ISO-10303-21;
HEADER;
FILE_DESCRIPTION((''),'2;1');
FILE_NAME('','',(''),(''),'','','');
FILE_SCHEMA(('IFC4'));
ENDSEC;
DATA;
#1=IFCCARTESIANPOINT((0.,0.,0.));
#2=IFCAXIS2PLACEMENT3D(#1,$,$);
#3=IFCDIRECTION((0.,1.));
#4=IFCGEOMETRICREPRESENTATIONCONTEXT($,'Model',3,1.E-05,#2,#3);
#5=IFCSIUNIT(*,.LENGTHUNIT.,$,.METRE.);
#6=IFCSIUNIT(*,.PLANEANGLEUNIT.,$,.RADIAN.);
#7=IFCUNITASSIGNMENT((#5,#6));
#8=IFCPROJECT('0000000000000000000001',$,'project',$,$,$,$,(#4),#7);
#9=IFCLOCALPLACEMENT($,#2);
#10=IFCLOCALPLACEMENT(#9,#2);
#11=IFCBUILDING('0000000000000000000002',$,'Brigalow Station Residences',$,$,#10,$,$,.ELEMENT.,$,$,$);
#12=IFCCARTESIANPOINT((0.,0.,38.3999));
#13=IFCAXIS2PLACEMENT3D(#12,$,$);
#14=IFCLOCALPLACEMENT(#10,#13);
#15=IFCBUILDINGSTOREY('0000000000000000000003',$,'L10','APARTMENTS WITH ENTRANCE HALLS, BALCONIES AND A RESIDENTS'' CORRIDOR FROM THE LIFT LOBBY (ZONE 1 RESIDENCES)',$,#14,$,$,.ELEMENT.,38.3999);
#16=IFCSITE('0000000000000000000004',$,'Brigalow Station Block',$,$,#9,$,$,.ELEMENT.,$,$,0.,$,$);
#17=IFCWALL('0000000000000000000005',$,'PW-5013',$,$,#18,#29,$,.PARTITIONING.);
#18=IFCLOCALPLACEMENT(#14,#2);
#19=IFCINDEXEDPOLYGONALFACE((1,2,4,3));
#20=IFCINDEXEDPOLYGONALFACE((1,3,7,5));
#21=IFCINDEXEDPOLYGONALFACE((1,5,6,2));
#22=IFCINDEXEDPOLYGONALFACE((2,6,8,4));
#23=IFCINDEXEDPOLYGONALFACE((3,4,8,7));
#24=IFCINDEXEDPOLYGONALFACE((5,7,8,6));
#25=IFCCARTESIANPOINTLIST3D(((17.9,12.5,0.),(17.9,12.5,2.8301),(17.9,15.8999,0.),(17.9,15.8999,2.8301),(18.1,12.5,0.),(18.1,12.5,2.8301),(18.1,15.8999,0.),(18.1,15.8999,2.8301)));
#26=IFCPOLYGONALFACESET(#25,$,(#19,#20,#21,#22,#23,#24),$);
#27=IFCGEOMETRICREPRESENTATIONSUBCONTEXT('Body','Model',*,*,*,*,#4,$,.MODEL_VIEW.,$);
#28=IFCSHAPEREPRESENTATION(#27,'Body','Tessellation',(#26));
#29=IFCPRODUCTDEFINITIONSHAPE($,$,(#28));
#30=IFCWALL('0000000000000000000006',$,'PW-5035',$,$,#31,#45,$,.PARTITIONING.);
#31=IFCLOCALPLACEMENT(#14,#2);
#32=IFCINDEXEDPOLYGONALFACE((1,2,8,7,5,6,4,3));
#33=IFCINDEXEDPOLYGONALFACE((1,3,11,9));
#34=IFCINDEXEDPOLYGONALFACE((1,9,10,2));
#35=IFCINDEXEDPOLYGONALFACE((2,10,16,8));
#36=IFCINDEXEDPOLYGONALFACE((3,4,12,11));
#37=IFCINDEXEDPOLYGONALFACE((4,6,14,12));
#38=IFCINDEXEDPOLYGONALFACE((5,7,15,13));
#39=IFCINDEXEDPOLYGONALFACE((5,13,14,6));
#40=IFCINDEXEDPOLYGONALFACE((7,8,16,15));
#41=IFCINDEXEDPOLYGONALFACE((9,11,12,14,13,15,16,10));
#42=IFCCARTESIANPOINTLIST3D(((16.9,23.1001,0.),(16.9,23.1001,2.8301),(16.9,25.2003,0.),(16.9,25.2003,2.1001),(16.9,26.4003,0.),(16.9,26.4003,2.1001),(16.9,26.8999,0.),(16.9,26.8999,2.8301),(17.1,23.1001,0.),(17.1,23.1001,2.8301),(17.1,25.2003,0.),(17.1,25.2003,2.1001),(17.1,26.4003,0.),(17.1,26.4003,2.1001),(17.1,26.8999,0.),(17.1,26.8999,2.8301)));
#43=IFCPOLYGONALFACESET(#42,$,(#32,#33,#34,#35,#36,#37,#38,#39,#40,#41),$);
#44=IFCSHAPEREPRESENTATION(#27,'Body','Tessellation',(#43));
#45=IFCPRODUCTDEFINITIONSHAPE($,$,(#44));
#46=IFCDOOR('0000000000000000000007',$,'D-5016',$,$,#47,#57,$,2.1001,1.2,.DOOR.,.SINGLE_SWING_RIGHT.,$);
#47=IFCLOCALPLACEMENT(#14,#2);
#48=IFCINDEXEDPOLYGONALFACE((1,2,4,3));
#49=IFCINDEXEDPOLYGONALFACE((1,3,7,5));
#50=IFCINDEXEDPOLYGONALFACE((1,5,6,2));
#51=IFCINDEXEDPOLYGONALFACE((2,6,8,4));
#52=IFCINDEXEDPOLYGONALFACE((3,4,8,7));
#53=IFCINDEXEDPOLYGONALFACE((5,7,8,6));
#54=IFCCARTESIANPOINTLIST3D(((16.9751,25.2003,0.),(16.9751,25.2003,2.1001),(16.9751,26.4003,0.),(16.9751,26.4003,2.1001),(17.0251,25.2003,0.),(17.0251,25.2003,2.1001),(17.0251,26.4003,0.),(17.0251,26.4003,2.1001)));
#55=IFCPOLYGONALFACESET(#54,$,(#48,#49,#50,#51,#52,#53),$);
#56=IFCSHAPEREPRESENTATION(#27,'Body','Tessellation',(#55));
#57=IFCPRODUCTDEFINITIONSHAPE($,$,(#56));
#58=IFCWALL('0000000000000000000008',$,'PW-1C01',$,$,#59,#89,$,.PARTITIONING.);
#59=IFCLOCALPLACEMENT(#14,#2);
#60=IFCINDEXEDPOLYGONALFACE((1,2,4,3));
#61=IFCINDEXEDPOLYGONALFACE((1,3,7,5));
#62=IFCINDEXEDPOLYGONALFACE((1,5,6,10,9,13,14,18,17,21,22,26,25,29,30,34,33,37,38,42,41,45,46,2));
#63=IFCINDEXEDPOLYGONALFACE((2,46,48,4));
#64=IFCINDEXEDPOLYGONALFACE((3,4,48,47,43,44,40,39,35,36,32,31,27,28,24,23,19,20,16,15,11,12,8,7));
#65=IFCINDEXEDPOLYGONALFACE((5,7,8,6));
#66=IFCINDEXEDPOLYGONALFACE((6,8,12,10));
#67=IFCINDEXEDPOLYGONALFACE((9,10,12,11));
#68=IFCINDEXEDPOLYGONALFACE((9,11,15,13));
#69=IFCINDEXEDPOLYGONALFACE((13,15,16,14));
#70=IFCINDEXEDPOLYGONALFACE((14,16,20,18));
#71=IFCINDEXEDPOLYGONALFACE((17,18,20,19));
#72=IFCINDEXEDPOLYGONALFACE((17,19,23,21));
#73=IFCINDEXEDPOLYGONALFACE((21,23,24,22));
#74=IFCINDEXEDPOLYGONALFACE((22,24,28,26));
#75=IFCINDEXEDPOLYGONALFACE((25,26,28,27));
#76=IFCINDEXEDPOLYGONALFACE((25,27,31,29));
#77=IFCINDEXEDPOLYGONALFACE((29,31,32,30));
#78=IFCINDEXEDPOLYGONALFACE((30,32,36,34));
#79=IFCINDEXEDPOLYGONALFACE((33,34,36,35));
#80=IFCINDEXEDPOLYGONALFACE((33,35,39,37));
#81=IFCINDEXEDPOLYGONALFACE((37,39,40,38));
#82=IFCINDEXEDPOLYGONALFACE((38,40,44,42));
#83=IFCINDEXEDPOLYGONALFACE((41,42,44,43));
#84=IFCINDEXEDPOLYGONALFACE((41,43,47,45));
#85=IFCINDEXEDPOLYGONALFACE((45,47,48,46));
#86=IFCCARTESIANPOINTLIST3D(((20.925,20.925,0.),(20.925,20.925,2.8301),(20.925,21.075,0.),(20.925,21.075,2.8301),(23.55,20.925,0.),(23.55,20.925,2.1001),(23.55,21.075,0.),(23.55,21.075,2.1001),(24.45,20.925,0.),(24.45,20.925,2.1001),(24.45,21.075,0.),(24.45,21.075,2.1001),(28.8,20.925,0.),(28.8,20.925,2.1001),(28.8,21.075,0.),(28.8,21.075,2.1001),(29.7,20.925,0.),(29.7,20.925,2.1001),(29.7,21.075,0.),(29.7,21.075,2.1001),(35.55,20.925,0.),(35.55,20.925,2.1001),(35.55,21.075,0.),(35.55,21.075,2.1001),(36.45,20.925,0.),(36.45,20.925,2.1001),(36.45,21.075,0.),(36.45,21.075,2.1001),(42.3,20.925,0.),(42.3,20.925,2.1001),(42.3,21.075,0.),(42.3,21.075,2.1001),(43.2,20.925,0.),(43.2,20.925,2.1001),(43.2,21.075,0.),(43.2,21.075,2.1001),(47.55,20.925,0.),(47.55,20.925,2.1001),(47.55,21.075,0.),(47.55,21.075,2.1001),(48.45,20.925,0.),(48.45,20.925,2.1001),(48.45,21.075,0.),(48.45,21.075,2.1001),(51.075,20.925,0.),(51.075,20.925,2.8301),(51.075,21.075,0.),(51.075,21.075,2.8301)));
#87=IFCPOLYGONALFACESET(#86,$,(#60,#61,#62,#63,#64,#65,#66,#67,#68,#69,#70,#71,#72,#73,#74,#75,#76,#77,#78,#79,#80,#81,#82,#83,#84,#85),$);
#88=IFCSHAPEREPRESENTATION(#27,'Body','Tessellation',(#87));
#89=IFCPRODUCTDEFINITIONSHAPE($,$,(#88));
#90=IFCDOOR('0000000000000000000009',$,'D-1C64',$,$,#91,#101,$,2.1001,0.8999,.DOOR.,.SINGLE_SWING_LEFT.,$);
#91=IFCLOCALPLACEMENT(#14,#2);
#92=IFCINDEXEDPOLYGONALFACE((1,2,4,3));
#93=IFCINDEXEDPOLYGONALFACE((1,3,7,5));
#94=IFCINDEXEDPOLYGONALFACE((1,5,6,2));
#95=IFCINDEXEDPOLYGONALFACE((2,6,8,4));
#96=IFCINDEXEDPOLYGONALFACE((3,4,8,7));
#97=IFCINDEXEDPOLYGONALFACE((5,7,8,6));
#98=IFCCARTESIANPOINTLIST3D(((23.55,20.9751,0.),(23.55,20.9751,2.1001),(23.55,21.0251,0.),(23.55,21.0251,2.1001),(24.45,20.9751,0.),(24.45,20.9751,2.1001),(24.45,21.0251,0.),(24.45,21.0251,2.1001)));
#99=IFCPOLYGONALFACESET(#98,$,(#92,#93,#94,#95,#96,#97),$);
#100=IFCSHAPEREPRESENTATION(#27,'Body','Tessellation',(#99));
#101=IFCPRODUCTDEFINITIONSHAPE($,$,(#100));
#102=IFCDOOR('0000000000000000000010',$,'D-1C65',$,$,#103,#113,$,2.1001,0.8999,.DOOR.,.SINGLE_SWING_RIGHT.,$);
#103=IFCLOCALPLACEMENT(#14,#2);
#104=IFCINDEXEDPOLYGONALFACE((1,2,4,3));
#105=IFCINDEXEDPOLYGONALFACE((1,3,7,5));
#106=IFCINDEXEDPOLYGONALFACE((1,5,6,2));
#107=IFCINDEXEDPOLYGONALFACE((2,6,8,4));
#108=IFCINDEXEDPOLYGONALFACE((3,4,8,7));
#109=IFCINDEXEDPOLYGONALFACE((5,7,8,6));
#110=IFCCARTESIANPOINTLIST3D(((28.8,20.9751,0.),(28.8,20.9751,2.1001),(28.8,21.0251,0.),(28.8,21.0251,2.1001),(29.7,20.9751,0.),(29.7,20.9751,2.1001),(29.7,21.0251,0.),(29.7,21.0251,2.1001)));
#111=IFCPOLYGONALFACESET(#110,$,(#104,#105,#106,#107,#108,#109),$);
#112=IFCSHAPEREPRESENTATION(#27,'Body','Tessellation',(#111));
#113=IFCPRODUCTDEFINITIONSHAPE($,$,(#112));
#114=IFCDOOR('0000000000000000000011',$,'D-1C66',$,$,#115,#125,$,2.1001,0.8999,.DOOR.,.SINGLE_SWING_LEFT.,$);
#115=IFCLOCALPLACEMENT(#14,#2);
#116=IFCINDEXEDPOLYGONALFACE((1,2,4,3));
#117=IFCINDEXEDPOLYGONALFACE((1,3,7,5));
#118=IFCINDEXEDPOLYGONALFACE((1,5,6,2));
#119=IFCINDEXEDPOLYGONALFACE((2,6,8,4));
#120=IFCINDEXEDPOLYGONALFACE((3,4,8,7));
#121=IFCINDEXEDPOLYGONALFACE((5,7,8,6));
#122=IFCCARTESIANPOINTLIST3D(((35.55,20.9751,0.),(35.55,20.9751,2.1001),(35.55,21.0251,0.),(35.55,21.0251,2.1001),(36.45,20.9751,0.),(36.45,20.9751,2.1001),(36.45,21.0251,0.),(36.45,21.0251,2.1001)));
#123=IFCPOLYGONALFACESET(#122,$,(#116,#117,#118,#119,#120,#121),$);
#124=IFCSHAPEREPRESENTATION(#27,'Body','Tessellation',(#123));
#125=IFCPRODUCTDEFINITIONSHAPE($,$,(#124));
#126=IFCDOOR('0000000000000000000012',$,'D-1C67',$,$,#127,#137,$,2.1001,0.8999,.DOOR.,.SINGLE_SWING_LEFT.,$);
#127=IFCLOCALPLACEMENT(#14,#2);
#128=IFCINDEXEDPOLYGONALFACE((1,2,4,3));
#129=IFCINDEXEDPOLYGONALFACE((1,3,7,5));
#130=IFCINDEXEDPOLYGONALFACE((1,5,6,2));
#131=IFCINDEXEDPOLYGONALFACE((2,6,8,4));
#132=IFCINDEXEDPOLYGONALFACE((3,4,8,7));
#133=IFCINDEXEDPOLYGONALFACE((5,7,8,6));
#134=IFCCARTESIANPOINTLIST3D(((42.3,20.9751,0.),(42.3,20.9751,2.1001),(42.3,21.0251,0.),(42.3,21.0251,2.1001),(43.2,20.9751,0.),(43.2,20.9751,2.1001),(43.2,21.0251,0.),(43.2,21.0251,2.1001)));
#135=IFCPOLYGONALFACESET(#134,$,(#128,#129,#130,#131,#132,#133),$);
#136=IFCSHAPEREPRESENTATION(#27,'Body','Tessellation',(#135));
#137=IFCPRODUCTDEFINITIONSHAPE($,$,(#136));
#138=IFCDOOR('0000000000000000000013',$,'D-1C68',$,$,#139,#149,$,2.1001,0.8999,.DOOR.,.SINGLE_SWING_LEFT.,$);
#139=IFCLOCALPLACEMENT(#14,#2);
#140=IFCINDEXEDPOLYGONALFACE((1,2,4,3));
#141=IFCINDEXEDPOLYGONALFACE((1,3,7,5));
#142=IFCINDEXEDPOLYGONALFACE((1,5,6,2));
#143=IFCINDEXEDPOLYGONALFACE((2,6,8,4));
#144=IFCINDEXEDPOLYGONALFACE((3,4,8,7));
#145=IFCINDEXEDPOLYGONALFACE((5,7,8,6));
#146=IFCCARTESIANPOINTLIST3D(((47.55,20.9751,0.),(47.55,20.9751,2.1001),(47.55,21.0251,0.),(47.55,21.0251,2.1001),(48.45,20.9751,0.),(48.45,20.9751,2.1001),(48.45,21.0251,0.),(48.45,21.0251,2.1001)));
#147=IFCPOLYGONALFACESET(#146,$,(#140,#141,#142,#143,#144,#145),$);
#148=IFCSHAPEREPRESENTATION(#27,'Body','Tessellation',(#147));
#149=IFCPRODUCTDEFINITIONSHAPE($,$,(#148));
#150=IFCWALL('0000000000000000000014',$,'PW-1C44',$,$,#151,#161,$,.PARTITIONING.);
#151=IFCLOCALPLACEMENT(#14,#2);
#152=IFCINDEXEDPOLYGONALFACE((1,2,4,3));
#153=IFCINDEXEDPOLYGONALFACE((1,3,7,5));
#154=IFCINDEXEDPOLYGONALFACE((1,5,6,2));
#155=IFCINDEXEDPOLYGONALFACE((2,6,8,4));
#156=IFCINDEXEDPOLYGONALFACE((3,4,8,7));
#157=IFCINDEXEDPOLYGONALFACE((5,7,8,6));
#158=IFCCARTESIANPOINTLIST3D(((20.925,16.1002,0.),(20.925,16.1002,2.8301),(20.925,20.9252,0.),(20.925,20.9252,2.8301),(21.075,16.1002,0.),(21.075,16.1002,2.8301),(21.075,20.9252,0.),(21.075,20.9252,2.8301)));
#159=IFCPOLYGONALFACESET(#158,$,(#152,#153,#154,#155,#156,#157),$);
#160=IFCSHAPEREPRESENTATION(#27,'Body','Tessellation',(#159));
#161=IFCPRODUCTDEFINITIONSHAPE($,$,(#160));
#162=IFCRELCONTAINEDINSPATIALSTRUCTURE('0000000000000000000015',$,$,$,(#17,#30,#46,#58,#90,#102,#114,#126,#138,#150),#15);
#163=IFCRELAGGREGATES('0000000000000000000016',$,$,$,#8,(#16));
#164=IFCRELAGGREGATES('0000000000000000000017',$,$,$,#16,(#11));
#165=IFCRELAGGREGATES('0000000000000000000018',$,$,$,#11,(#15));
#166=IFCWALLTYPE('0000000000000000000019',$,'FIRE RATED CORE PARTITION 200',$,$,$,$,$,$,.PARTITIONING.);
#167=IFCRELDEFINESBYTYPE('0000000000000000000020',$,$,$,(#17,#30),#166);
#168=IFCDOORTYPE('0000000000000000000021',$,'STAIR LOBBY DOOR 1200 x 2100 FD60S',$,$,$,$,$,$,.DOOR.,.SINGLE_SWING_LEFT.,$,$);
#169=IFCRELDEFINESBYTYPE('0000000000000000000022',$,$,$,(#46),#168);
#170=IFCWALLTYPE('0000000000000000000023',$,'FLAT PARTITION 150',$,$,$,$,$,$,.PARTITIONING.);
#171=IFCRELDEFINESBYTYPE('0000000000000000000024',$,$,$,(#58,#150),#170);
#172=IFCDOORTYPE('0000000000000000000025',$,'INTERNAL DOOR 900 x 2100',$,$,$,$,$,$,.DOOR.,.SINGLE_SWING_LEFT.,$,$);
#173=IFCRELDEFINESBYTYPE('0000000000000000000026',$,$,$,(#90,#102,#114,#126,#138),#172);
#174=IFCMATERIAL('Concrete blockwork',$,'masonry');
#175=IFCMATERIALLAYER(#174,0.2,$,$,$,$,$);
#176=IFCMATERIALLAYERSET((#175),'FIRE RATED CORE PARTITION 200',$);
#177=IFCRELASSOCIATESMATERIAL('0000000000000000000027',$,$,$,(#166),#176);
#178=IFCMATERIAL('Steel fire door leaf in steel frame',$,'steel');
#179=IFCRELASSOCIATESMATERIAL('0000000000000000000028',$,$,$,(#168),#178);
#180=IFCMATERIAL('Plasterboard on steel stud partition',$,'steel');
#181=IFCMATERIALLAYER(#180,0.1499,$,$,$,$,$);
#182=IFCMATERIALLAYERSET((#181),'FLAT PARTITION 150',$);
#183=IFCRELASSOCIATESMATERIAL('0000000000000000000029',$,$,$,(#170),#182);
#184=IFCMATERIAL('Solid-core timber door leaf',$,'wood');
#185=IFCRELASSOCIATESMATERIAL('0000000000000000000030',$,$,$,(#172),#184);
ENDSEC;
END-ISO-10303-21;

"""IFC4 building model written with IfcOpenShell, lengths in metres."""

from ifc_helpers import new_model, si_unit, direction, frame, frame_2d, origin, place, context, subcontext, project, spatial, rectangle, extrude, material, layer, layer_set, type_object, element, fill, save


model = new_model("IFC4")

# Units and contexts
model_context = context("Model", 3, precision=1e-05, world=origin(), true_north=direction((0.0, 1.0)))
body_context = subcontext(model_context, "Body", "Model", "MODEL_VIEW")
ifc_project = project(units=[si_unit("LENGTHUNIT", "METRE"), si_unit("PLANEANGLEUNIT", "RADIAN")], contexts=[model_context])

# Site, building, storey
site_placement = place(None, origin())
site = spatial("IfcSite", under=ifc_project, at=site_placement, Name="Brigalow Station Block", CompositionType="ELEMENT", RefElevation=0.0)
building_placement = place(site_placement, origin())
building = spatial("IfcBuilding", under=site, at=building_placement, Name="Brigalow Station Residences", CompositionType="ELEMENT")
storey_placement = place(building_placement, frame((0.0, 0.0, 38.3999)))
storey = spatial("IfcBuildingStorey", under=building, at=storey_placement, Name="L10", Description="APARTMENTS WITH ENTRANCE HALLS, BALCONIES AND A RESIDENTS' CORRIDOR FROM THE LIFT LOBBY (ZONE 1 RESIDENCES)", CompositionType="ELEMENT", Elevation=38.3999)

# Wall
ifc_material_1 = material(Name="Concrete blockwork", Category="masonry")
ifc_layer_1 = layer(ifc_material_1, 0.2)
ifc_layer_set_1 = layer_set([ifc_layer_1], Name="FIRE RATED CORE PARTITION 200")
wall_type_1 = type_object("IfcWallType", Name="FIRE RATED CORE PARTITION 200", PredefinedType="PARTITIONING", material=ifc_layer_set_1)
wall_1_placement = place(storey_placement, frame((18.0, 12.5, 0.0), z_axis=(0.0, 0.0, 1.0), x_axis=(0.0, 1.0, 0.0)))
element("IfcWall", 1, at=wall_1_placement, inside=storey, type_object=wall_type_1, Name="PW-5013", PredefinedType="PARTITIONING", context=body_context, shape_type="SweptSolid", body=[
    extrude(rectangle(XDim=3.3999, YDim=0.2, at=frame_2d((1.7, 0.0))), origin(), (0.0, 0.0, 1.0), 2.8301),
])

# Wall, opening, door
wall_2_placement = place(storey_placement, frame((17.0, 23.1001, 0.0), z_axis=(0.0, 0.0, 1.0), x_axis=(0.0, 1.0, 0.0)))
wall_2 = element("IfcWall", 2, at=wall_2_placement, inside=storey, type_object=wall_type_1, Name="PW-5035", PredefinedType="PARTITIONING", context=body_context, shape_type="SweptSolid", body=[
    extrude(rectangle(XDim=3.7998, YDim=0.2, at=frame_2d((1.8999, 0.0))), origin(), (0.0, 0.0, 1.0), 2.8301),
])
opening_1_placement = place(wall_2_placement, frame((2.1001, 0.0, 0.0)))
opening_1 = element("IfcOpeningElement", 3, at=opening_1_placement, cuts=wall_2, PredefinedType="OPENING", context=body_context, shape_type="SweptSolid", body=[
    extrude(rectangle(XDim=1.2, YDim=2.1001, at=frame_2d((0.6001, 1.05))), frame((0.0, 0.1099, 0.0), z_axis=(0.0, -1.0, 0.0), x_axis=(1.0, 0.0, 0.0)), (0.0, 0.0, 1.0), 0.22),
])
ifc_material_2 = material(Name="Steel fire door leaf in steel frame", Category="steel")
door_type_1 = type_object("IfcDoorType", Name="STAIR LOBBY DOOR 1200 x 2100 FD60S", OperationType="SINGLE_SWING_LEFT", PredefinedType="DOOR", material=ifc_material_2)
door_1_placement = place(opening_1_placement, origin())
door_1 = element("IfcDoor", 4, at=door_1_placement, inside=storey, type_object=door_type_1, Name="D-5016", OperationType="SINGLE_SWING_RIGHT", OverallHeight=2.1001, OverallWidth=1.2, PredefinedType="DOOR", context=body_context, shape_type="SweptSolid", body=[
    extrude(rectangle(XDim=1.2, YDim=2.1001, at=frame_2d((0.6001, 1.05))), frame((0.0, 0.0249, 0.0), z_axis=(0.0, -1.0, 0.0), x_axis=(1.0, 0.0, 0.0)), (0.0, 0.0, 1.0), 0.05),
])
fill(opening_1, door_1)

# Wall, openings, doors
ifc_material_3 = material(Name="Plasterboard on steel stud partition", Category="steel")
ifc_layer_2 = layer(ifc_material_3, 0.1499)
ifc_layer_set_2 = layer_set([ifc_layer_2], Name="FLAT PARTITION 150")
wall_type_2 = type_object("IfcWallType", Name="FLAT PARTITION 150", PredefinedType="PARTITIONING", material=ifc_layer_set_2)
wall_3_placement = place(storey_placement, frame((20.925, 21.0, 0.0), z_axis=(0.0, 0.0, 1.0), x_axis=(1.0, 0.0, 0.0)))
wall_3 = element("IfcWall", 5, at=wall_3_placement, inside=storey, type_object=wall_type_2, Name="PW-1C01", PredefinedType="PARTITIONING", context=body_context, shape_type="SweptSolid", body=[
    extrude(rectangle(XDim=30.1499, YDim=0.1499, at=frame_2d((15.075, 0.0))), origin(), (0.0, 0.0, 1.0), 2.8301),
])
opening_2_placement = place(wall_3_placement, frame((2.625, 0.0, 0.0)))
opening_2 = element("IfcOpeningElement", 6, at=opening_2_placement, cuts=wall_3, PredefinedType="OPENING", context=body_context, shape_type="SweptSolid", body=[
    extrude(rectangle(XDim=0.8999, YDim=2.1001, at=frame_2d((0.45, 1.05))), frame((0.0, 0.085, 0.0), z_axis=(0.0, -1.0, 0.0), x_axis=(1.0, 0.0, 0.0)), (0.0, 0.0, 1.0), 0.1699),
])
opening_3_placement = place(wall_3_placement, frame((7.875, 0.0, 0.0)))
opening_3 = element("IfcOpeningElement", 7, at=opening_3_placement, cuts=wall_3, PredefinedType="OPENING", context=body_context, shape_type="SweptSolid", body=[
    extrude(rectangle(XDim=0.8999, YDim=2.1001, at=frame_2d((0.45, 1.05))), frame((0.0, 0.085, 0.0), z_axis=(0.0, -1.0, 0.0), x_axis=(1.0, 0.0, 0.0)), (0.0, 0.0, 1.0), 0.1699),
])
opening_4_placement = place(wall_3_placement, frame((14.625, 0.0, 0.0)))
opening_4 = element("IfcOpeningElement", 8, at=opening_4_placement, cuts=wall_3, PredefinedType="OPENING", context=body_context, shape_type="SweptSolid", body=[
    extrude(rectangle(XDim=0.8999, YDim=2.1001, at=frame_2d((0.45, 1.05))), frame((0.0, 0.085, 0.0), z_axis=(0.0, -1.0, 0.0), x_axis=(1.0, 0.0, 0.0)), (0.0, 0.0, 1.0), 0.1699),
])
opening_5_placement = place(wall_3_placement, frame((21.375, 0.0, 0.0)))
opening_5 = element("IfcOpeningElement", 9, at=opening_5_placement, cuts=wall_3, PredefinedType="OPENING", context=body_context, shape_type="SweptSolid", body=[
    extrude(rectangle(XDim=0.8999, YDim=2.1001, at=frame_2d((0.45, 1.05))), frame((0.0, 0.085, 0.0), z_axis=(0.0, -1.0, 0.0), x_axis=(1.0, 0.0, 0.0)), (0.0, 0.0, 1.0), 0.1699),
])
opening_6_placement = place(wall_3_placement, frame((26.625, 0.0, 0.0)))
opening_6 = element("IfcOpeningElement", 10, at=opening_6_placement, cuts=wall_3, PredefinedType="OPENING", context=body_context, shape_type="SweptSolid", body=[
    extrude(rectangle(XDim=0.8999, YDim=2.1001, at=frame_2d((0.45, 1.05))), frame((0.0, 0.085, 0.0), z_axis=(0.0, -1.0, 0.0), x_axis=(1.0, 0.0, 0.0)), (0.0, 0.0, 1.0), 0.1699),
])
ifc_material_4 = material(Name="Solid-core timber door leaf", Category="wood")
door_type_2 = type_object("IfcDoorType", Name="INTERNAL DOOR 900 x 2100", OperationType="SINGLE_SWING_LEFT", PredefinedType="DOOR", material=ifc_material_4)
door_2_placement = place(opening_2_placement, frame((0.8999, 0.0, 0.0), z_axis=(0.0, 0.0, 1.0), x_axis=(-1.0, 0.0, 0.0)))
door_2 = element("IfcDoor", 11, at=door_2_placement, inside=storey, type_object=door_type_2, Name="D-1C64", OperationType="SINGLE_SWING_LEFT", OverallHeight=2.1001, OverallWidth=0.8999, PredefinedType="DOOR", context=body_context, shape_type="SweptSolid", body=[
    extrude(rectangle(XDim=0.8999, YDim=2.1001, at=frame_2d((0.45, 1.05))), frame((0.0, 0.0249, 0.0), z_axis=(0.0, -1.0, 0.0), x_axis=(1.0, 0.0, 0.0)), (0.0, 0.0, 1.0), 0.05),
])
fill(opening_2, door_2)
door_3_placement = place(opening_3_placement, frame((0.8999, 0.0, 0.0), z_axis=(0.0, 0.0, 1.0), x_axis=(-1.0, 0.0, 0.0)))
door_3 = element("IfcDoor", 12, at=door_3_placement, inside=storey, type_object=door_type_2, Name="D-1C65", OperationType="SINGLE_SWING_RIGHT", OverallHeight=2.1001, OverallWidth=0.8999, PredefinedType="DOOR", context=body_context, shape_type="SweptSolid", body=[
    extrude(rectangle(XDim=0.8999, YDim=2.1001, at=frame_2d((0.45, 1.05))), frame((0.0, 0.0249, 0.0), z_axis=(0.0, -1.0, 0.0), x_axis=(1.0, 0.0, 0.0)), (0.0, 0.0, 1.0), 0.05),
])
fill(opening_3, door_3)
door_4_placement = place(opening_4_placement, frame((0.8999, 0.0, 0.0), z_axis=(0.0, 0.0, 1.0), x_axis=(-1.0, 0.0, 0.0)))
door_4 = element("IfcDoor", 13, at=door_4_placement, inside=storey, type_object=door_type_2, Name="D-1C66", OperationType="SINGLE_SWING_LEFT", OverallHeight=2.1001, OverallWidth=0.8999, PredefinedType="DOOR", context=body_context, shape_type="SweptSolid", body=[
    extrude(rectangle(XDim=0.8999, YDim=2.1001, at=frame_2d((0.45, 1.05))), frame((0.0, 0.0249, 0.0), z_axis=(0.0, -1.0, 0.0), x_axis=(1.0, 0.0, 0.0)), (0.0, 0.0, 1.0), 0.05),
])
fill(opening_4, door_4)
door_5_placement = place(opening_5_placement, frame((0.8999, 0.0, 0.0), z_axis=(0.0, 0.0, 1.0), x_axis=(-1.0, 0.0, 0.0)))
door_5 = element("IfcDoor", 14, at=door_5_placement, inside=storey, type_object=door_type_2, Name="D-1C67", OperationType="SINGLE_SWING_LEFT", OverallHeight=2.1001, OverallWidth=0.8999, PredefinedType="DOOR", context=body_context, shape_type="SweptSolid", body=[
    extrude(rectangle(XDim=0.8999, YDim=2.1001, at=frame_2d((0.45, 1.05))), frame((0.0, 0.0249, 0.0), z_axis=(0.0, -1.0, 0.0), x_axis=(1.0, 0.0, 0.0)), (0.0, 0.0, 1.0), 0.05),
])
fill(opening_5, door_5)
door_6_placement = place(opening_6_placement, frame((0.8999, 0.0, 0.0), z_axis=(0.0, 0.0, 1.0), x_axis=(-1.0, 0.0, 0.0)))
door_6 = element("IfcDoor", 15, at=door_6_placement, inside=storey, type_object=door_type_2, Name="D-1C68", OperationType="SINGLE_SWING_LEFT", OverallHeight=2.1001, OverallWidth=0.8999, PredefinedType="DOOR", context=body_context, shape_type="SweptSolid", body=[
    extrude(rectangle(XDim=0.8999, YDim=2.1001, at=frame_2d((0.45, 1.05))), frame((0.0, 0.0249, 0.0), z_axis=(0.0, -1.0, 0.0), x_axis=(1.0, 0.0, 0.0)), (0.0, 0.0, 1.0), 0.05),
])
fill(opening_6, door_6)

# Wall
wall_4_placement = place(storey_placement, frame((21.0, 16.1001, 0.0), z_axis=(0.0, 0.0, 1.0), x_axis=(0.0, 1.0, 0.0)))
element("IfcWall", 16, at=wall_4_placement, inside=storey, type_object=wall_type_2, Name="PW-1C44", PredefinedType="PARTITIONING", context=body_context, shape_type="SweptSolid", body=[
    extrude(rectangle(XDim=4.825, YDim=0.1499, at=frame_2d((2.4126, 0.0))), origin(), (0.0, 0.0, 1.0), 2.8301),
])

save(model, "model.ifc")
